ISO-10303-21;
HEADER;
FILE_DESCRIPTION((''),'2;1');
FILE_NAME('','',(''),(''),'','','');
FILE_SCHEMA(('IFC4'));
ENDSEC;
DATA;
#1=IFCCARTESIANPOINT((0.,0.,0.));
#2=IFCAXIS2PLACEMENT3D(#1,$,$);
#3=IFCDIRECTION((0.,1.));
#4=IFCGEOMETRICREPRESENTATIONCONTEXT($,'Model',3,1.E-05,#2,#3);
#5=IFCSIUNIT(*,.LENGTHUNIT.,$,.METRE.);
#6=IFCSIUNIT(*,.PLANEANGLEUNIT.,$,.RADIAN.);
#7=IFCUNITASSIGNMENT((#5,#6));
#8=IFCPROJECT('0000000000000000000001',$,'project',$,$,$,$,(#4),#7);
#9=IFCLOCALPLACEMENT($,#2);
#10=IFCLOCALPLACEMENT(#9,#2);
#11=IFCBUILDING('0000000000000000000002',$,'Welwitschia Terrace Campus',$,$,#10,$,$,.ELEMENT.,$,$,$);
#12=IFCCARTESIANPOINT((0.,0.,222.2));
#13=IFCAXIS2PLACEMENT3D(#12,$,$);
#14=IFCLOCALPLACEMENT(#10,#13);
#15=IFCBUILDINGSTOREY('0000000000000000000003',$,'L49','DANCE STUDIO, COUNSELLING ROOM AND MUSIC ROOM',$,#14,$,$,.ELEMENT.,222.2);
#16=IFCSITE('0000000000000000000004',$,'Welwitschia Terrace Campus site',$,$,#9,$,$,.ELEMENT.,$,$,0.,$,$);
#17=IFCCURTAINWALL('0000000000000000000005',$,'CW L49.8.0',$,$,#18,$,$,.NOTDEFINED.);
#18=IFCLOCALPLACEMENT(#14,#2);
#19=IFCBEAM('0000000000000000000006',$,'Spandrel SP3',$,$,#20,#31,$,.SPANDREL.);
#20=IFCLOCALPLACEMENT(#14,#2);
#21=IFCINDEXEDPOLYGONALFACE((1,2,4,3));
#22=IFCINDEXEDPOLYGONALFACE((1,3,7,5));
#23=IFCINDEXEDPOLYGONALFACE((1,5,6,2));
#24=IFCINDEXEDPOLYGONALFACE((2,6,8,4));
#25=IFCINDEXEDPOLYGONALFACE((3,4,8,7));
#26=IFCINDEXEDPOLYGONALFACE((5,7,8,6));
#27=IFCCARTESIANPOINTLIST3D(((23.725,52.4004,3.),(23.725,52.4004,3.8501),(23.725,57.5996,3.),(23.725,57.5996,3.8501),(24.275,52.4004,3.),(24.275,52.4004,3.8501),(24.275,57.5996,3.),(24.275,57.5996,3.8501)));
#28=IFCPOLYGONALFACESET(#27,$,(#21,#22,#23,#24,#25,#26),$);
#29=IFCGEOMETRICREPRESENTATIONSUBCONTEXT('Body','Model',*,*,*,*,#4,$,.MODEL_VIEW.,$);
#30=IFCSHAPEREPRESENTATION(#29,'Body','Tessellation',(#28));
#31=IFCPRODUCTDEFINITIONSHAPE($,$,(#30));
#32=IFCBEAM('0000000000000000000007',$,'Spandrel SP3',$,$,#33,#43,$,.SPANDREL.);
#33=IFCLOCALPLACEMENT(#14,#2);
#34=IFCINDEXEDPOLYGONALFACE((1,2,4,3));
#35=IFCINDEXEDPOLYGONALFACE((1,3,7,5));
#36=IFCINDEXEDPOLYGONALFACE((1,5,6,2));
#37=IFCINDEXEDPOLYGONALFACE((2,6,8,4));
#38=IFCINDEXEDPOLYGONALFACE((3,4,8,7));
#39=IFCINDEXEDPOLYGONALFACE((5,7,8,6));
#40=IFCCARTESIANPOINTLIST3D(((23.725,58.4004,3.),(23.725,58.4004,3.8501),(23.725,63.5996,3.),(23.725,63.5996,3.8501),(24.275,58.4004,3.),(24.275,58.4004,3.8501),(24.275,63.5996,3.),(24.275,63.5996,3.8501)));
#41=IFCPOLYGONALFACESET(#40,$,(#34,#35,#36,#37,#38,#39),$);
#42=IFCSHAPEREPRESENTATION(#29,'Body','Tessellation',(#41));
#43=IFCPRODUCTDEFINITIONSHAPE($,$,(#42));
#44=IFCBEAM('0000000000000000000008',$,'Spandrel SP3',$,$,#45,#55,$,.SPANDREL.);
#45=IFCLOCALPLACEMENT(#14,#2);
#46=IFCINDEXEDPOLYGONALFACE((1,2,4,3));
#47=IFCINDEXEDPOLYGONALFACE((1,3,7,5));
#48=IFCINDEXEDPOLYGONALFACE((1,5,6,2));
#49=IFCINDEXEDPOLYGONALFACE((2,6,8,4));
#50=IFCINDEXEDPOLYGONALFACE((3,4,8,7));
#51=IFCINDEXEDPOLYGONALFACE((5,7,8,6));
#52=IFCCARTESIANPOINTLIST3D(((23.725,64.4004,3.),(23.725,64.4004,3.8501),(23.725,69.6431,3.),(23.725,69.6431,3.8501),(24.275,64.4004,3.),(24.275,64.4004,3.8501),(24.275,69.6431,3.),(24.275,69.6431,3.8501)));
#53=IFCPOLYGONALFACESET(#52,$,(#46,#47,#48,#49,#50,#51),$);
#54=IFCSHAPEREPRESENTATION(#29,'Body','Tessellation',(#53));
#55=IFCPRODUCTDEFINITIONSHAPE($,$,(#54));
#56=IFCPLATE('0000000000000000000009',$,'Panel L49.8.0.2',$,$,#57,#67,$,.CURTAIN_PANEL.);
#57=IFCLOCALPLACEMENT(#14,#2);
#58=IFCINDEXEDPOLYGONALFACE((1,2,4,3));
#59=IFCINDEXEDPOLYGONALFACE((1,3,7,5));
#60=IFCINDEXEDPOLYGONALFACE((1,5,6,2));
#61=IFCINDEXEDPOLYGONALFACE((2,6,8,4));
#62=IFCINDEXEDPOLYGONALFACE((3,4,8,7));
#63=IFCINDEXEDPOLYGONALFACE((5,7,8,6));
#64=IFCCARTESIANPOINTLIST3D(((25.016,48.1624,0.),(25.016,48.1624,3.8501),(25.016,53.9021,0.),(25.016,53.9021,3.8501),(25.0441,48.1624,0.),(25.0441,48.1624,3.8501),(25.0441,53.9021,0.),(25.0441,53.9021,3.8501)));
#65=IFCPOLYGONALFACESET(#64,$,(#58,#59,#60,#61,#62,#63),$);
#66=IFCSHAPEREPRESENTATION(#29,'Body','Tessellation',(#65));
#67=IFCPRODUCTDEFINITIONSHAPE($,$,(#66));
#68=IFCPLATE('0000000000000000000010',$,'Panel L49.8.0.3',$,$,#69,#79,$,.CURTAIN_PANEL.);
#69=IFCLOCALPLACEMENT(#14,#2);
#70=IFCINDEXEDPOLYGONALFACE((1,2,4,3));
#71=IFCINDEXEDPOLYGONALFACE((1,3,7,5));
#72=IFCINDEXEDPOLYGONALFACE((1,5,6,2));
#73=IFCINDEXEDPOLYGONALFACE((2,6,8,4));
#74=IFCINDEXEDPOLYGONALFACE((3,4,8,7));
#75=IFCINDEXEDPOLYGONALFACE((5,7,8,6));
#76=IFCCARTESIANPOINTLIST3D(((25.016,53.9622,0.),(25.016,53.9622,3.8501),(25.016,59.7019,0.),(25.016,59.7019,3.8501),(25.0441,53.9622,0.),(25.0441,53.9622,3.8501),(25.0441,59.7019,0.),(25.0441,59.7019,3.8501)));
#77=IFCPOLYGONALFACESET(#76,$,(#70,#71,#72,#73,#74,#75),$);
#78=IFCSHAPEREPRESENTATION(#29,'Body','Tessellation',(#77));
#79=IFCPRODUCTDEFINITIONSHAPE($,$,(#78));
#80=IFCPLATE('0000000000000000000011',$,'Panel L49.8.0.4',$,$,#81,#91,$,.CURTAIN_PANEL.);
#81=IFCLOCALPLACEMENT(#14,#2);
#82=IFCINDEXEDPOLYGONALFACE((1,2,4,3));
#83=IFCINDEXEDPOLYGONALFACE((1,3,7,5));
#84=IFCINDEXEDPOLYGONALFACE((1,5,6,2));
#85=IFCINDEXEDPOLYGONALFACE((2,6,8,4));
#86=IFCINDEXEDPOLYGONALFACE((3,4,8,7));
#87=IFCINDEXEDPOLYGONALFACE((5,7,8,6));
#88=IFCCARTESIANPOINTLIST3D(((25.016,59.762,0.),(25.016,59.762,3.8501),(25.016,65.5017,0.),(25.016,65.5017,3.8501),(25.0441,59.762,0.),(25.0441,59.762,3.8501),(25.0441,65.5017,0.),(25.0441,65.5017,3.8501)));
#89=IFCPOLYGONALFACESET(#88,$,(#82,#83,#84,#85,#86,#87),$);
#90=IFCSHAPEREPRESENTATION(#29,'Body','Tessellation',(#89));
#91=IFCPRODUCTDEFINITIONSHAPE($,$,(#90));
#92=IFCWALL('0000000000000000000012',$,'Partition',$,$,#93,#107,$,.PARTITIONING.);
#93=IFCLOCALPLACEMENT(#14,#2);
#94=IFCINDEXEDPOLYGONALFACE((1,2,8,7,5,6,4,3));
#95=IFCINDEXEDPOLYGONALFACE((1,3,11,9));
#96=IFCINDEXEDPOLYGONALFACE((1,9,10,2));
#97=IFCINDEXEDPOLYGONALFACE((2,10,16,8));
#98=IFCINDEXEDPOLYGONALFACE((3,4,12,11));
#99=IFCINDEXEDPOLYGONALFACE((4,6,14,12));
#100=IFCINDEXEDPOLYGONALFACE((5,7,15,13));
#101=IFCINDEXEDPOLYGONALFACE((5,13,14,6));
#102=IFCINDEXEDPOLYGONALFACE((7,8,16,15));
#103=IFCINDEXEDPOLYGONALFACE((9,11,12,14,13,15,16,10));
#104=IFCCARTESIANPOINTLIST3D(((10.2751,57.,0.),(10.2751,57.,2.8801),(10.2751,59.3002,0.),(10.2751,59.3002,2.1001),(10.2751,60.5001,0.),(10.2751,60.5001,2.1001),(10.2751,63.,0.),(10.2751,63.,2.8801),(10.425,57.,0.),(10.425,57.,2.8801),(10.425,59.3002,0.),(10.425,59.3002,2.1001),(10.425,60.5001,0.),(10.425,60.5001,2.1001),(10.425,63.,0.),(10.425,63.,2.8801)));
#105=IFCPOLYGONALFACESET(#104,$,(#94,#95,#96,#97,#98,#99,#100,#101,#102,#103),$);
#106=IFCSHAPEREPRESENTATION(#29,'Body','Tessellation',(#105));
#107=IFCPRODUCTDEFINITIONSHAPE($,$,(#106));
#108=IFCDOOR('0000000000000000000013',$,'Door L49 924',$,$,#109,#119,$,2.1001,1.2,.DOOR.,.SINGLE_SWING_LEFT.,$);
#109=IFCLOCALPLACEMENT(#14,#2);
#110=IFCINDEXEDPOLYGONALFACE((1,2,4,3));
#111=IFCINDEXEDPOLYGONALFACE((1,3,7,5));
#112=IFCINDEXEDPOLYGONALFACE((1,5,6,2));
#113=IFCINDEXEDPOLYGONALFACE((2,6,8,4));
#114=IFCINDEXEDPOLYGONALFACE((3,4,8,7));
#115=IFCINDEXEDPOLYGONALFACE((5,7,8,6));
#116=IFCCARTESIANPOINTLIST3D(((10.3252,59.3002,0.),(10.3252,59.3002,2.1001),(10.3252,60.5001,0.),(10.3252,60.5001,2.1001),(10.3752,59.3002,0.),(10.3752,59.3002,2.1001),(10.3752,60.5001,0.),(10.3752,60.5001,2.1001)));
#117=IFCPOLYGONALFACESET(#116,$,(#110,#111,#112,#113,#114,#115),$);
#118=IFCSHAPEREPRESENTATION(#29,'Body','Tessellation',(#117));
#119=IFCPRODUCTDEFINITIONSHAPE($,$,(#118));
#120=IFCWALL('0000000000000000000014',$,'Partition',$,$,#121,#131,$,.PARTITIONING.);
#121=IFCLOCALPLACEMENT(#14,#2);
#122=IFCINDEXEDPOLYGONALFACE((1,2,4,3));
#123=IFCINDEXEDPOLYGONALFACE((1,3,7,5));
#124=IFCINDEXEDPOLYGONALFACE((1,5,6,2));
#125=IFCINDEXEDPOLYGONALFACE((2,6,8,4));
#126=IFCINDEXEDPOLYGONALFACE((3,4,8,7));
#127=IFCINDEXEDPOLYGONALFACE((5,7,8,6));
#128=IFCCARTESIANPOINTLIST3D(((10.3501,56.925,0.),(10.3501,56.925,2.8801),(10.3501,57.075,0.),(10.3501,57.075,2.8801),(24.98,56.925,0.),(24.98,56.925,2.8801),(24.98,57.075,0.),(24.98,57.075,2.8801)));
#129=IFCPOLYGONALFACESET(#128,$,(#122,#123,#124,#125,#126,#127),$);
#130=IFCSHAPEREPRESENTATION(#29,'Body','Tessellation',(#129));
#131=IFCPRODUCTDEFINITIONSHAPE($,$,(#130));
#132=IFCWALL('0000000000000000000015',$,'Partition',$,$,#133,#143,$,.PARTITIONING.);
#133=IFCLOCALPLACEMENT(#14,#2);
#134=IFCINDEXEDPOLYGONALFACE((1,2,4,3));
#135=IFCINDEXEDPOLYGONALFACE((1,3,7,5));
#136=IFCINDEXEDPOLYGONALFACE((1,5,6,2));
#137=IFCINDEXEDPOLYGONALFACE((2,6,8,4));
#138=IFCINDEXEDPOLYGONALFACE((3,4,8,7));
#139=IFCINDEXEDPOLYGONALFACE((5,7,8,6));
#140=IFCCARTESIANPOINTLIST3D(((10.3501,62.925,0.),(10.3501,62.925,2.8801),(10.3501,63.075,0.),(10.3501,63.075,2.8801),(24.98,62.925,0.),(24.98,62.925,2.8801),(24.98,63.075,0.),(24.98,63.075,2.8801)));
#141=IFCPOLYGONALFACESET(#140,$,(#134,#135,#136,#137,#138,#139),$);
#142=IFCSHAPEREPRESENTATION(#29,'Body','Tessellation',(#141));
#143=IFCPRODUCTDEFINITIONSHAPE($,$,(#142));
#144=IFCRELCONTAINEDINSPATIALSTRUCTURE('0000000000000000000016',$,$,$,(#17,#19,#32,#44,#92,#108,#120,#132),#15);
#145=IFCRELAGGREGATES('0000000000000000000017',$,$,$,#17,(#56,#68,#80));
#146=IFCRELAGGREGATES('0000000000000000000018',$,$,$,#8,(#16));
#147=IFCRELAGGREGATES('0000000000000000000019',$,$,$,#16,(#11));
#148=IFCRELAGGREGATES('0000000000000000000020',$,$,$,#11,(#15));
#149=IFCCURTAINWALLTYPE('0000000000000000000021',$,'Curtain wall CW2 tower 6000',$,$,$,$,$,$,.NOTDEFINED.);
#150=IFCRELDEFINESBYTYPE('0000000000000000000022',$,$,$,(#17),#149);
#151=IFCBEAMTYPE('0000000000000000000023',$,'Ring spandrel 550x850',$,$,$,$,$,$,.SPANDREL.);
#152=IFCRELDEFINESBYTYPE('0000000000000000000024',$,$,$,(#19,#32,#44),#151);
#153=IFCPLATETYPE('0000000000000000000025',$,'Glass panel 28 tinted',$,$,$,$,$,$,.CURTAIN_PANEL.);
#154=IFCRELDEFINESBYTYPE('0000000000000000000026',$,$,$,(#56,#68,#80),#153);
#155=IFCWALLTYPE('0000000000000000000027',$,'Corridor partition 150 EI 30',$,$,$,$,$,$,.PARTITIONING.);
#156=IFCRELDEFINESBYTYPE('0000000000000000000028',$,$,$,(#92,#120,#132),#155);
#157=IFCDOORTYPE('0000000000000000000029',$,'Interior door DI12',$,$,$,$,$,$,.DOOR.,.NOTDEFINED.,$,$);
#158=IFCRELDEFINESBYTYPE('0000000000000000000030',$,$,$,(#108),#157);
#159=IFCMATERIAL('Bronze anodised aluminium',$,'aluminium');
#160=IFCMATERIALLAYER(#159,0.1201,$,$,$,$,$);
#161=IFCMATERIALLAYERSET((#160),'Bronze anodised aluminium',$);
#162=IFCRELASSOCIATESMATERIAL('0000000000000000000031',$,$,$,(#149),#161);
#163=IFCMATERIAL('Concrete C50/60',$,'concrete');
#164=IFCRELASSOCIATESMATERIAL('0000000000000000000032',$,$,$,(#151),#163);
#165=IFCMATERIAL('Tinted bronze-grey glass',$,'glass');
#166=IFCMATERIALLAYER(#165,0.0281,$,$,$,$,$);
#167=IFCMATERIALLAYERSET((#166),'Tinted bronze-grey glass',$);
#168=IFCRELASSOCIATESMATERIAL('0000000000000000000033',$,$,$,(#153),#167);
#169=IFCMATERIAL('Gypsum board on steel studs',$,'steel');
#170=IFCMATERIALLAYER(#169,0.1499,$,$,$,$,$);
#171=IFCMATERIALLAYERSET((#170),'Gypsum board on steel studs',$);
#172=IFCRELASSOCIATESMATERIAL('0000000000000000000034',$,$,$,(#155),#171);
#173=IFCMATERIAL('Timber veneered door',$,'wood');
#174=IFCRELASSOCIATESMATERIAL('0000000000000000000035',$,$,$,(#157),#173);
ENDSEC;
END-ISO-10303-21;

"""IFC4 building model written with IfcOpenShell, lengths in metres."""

from ifc_helpers import new_model, si_unit, direction, frame, frame_2d, origin, origin_2d, place, context, subcontext, project, spatial, rectangle, extrude, material, layer, layer_set, material_profile, profile_set, type_object, element, fill, aggregate, save


model = new_model("IFC4")

# Units and contexts
model_context = context("Model", 3, precision=1e-05, world=origin(), true_north=direction((0.0, 1.0)))
body_context = subcontext(model_context, "Body", "Model", "MODEL_VIEW")
ifc_project = project(units=[si_unit("LENGTHUNIT", "METRE"), si_unit("PLANEANGLEUNIT", "RADIAN")], contexts=[model_context])

# Site, building, storey
site_placement = place(None, origin())
site = spatial("IfcSite", under=ifc_project, at=site_placement, Name="Welwitschia Terrace Campus site", CompositionType="ELEMENT", RefElevation=0.0)
building_placement = place(site_placement, origin())
building = spatial("IfcBuilding", under=site, at=building_placement, Name="Welwitschia Terrace Campus", CompositionType="ELEMENT")
storey_placement = place(building_placement, frame((0.0, 0.0, 222.2)))
storey = spatial("IfcBuildingStorey", under=building, at=storey_placement, Name="L49", Description="DANCE STUDIO, COUNSELLING ROOM AND MUSIC ROOM", CompositionType="ELEMENT", Elevation=222.2)

# Curtain wall
ifc_material_1 = material(Name="Bronze anodised aluminium", Category="aluminium")
ifc_layer_1 = layer(ifc_material_1, 0.1201)
ifc_layer_set_1 = layer_set([ifc_layer_1], Name="Bronze anodised aluminium")
curtain_wall_type = type_object("IfcCurtainWallType", Name="Curtain wall CW2 tower 6000", PredefinedType="NOTDEFINED", material=ifc_layer_set_1)
curtain_wall_placement = place(storey_placement, origin())
curtain_wall = element("IfcCurtainWall", 1, at=curtain_wall_placement, inside=storey, type_object=curtain_wall_type, Name="CW L49.8.0", PredefinedType="NOTDEFINED")

# Beams
ifc_material_2 = material(Name="Concrete C50/60", Category="concrete")
ifc_material_profile_1 = material_profile(ifc_material_2, rectangle(XDim=0.55, YDim=0.8501, at=origin_2d()))
ifc_profile_set_1 = profile_set([ifc_material_profile_1], Name="Concrete C50/60")
beam_type_1 = type_object("IfcBeamType", Name="Ring spandrel 550x850", PredefinedType="SPANDREL", material=ifc_profile_set_1)
for number, where, z_axis, x_axis, name in (
    (2, (24.0, 52.4004, 3.425), (0.0, 1.0, 0.0), (-1.0, 0.0, 0.0), "Spandrel SP3"),
    (3, (24.0, 58.4004, 3.425), (0.0, 1.0, 0.0), (-1.0, 0.0, 0.0), "Spandrel SP3"),
):
    element("IfcBeam", number, at=place(storey_placement, frame(where, z_axis=z_axis, x_axis=x_axis)), inside=storey, type_object=beam_type_1, Name=name, PredefinedType="SPANDREL", context=body_context, shape_type="SweptSolid", body=[
        extrude(rectangle(XDim=0.55, YDim=0.8501, at=origin_2d()), origin(), (0.0, 0.0, 1.0), 5.1992),
    ])
beam_1_placement = place(storey_placement, frame((24.0, 64.4004, 3.425), z_axis=(0.0, 1.0, 0.0), x_axis=(-1.0, 0.0, 0.0)))
element("IfcBeam", 4, at=beam_1_placement, inside=storey, type_object=beam_type_1, Name="Spandrel SP3", PredefinedType="SPANDREL", context=body_context, shape_type="SweptSolid", body=[
    extrude(rectangle(XDim=0.55, YDim=0.8501, at=origin_2d()), origin(), (0.0, 0.0, 1.0), 5.2427),
])

# Plates
ifc_material_3 = material(Name="Tinted bronze-grey glass", Category="glass")
ifc_layer_2 = layer(ifc_material_3, 0.0281)
ifc_layer_set_2 = layer_set([ifc_layer_2], Name="Tinted bronze-grey glass")
plate_type = type_object("IfcPlateType", Name="Glass panel 28 tinted", PredefinedType="CURTAIN_PANEL", material=ifc_layer_set_2)
plate_1_placement = place(storey_placement, frame((25.03, 51.0322, 0.0), z_axis=(0.0, 0.0, 1.0), x_axis=(0.0, 1.0, 0.0)))
plate_1 = element("IfcPlate", 5, at=plate_1_placement, type_object=plate_type, Name="Panel L49.8.0.2", PredefinedType="CURTAIN_PANEL", context=body_context, shape_type="SweptSolid", body=[
    extrude(rectangle(XDim=5.7397, YDim=0.0281, at=origin_2d()), origin(), (0.0, 0.0, 1.0), 3.8501),
])
plate_2_placement = place(storey_placement, frame((25.03, 56.832, 0.0), z_axis=(0.0, 0.0, 1.0), x_axis=(0.0, 1.0, 0.0)))
plate_2 = element("IfcPlate", 6, at=plate_2_placement, type_object=plate_type, Name="Panel L49.8.0.3", PredefinedType="CURTAIN_PANEL", context=body_context, shape_type="SweptSolid", body=[
    extrude(rectangle(XDim=5.7397, YDim=0.0281, at=origin_2d()), origin(), (0.0, 0.0, 1.0), 3.8501),
])
plate_3_placement = place(storey_placement, frame((25.03, 62.6318, 0.0), z_axis=(0.0, 0.0, 1.0), x_axis=(0.0, 1.0, 0.0)))
plate_3 = element("IfcPlate", 7, at=plate_3_placement, type_object=plate_type, Name="Panel L49.8.0.4", PredefinedType="CURTAIN_PANEL", context=body_context, shape_type="SweptSolid", body=[
    extrude(rectangle(XDim=5.7397, YDim=0.0281, at=origin_2d()), origin(), (0.0, 0.0, 1.0), 3.8501),
])
aggregate(curtain_wall, [plate_1, plate_2, plate_3])

# Wall, opening, door
ifc_material_4 = material(Name="Gypsum board on steel studs", Category="steel")
ifc_layer_3 = layer(ifc_material_4, 0.1499)
ifc_layer_set_3 = layer_set([ifc_layer_3], Name="Gypsum board on steel studs")
wall_type = type_object("IfcWallType", Name="Corridor partition 150 EI 30", PredefinedType="PARTITIONING", material=ifc_layer_set_3)
wall_placement = place(storey_placement, frame((10.3501, 57.0, 0.0), z_axis=(0.0, 0.0, 1.0), x_axis=(0.0, 1.0, 0.0)))
wall = element("IfcWall", 8, at=wall_placement, inside=storey, type_object=wall_type, Name="Partition", PredefinedType="PARTITIONING", context=body_context, shape_type="SweptSolid", body=[
    extrude(rectangle(XDim=6.0, YDim=0.1499, at=frame_2d((3.0, 0.0))), origin(), (0.0, 0.0, 1.0), 2.8801),
])
opening_placement = place(wall_placement, frame((2.3, 0.0, 0.0)))
opening = element("IfcOpeningElement", 9, at=opening_placement, cuts=wall, PredefinedType="OPENING", context=body_context, shape_type="SweptSolid", body=[
    extrude(rectangle(XDim=1.2, YDim=2.1001, at=frame_2d((0.6001, 1.05))), frame((0.0, 0.085, 0.0), z_axis=(0.0, -1.0, 0.0), x_axis=(1.0, 0.0, 0.0)), (0.0, 0.0, 1.0), 0.1699),
])
ifc_material_5 = material(Name="Timber veneered door", Category="wood")
door_type = type_object("IfcDoorType", Name="Interior door DI12", OperationType="NOTDEFINED", PredefinedType="DOOR", material=ifc_material_5)
door_placement = place(opening_placement, origin())
door = element("IfcDoor", 10, at=door_placement, inside=storey, type_object=door_type, Name="Door L49 924", OperationType="SINGLE_SWING_LEFT", OverallHeight=2.1001, OverallWidth=1.2, PredefinedType="DOOR", context=body_context, shape_type="SweptSolid", body=[
    extrude(rectangle(XDim=1.2, YDim=2.1001, at=frame_2d((0.6001, 1.05))), frame((0.0, 0.0249, 0.0), z_axis=(0.0, -1.0, 0.0), x_axis=(1.0, 0.0, 0.0)), (0.0, 0.0, 1.0), 0.05),
])
fill(opening, door)

# Walls
for number, where, z_axis, x_axis, name in (
    (11, (10.3501, 57.0, 0.0), (0.0, 0.0, 1.0), (1.0, 0.0, 0.0), "Partition"),
    (12, (10.3501, 63.0, 0.0), (0.0, 0.0, 1.0), (1.0, 0.0, 0.0), "Partition"),
):
    element("IfcWall", number, at=place(storey_placement, frame(where, z_axis=z_axis, x_axis=x_axis)), inside=storey, type_object=wall_type, Name=name, PredefinedType="PARTITIONING", context=body_context, shape_type="SweptSolid", body=[
        extrude(rectangle(XDim=14.6299, YDim=0.1499, at=frame_2d((7.3149, 0.0))), origin(), (0.0, 0.0, 1.0), 2.8801),
    ])

save(model, "model.ifc")
